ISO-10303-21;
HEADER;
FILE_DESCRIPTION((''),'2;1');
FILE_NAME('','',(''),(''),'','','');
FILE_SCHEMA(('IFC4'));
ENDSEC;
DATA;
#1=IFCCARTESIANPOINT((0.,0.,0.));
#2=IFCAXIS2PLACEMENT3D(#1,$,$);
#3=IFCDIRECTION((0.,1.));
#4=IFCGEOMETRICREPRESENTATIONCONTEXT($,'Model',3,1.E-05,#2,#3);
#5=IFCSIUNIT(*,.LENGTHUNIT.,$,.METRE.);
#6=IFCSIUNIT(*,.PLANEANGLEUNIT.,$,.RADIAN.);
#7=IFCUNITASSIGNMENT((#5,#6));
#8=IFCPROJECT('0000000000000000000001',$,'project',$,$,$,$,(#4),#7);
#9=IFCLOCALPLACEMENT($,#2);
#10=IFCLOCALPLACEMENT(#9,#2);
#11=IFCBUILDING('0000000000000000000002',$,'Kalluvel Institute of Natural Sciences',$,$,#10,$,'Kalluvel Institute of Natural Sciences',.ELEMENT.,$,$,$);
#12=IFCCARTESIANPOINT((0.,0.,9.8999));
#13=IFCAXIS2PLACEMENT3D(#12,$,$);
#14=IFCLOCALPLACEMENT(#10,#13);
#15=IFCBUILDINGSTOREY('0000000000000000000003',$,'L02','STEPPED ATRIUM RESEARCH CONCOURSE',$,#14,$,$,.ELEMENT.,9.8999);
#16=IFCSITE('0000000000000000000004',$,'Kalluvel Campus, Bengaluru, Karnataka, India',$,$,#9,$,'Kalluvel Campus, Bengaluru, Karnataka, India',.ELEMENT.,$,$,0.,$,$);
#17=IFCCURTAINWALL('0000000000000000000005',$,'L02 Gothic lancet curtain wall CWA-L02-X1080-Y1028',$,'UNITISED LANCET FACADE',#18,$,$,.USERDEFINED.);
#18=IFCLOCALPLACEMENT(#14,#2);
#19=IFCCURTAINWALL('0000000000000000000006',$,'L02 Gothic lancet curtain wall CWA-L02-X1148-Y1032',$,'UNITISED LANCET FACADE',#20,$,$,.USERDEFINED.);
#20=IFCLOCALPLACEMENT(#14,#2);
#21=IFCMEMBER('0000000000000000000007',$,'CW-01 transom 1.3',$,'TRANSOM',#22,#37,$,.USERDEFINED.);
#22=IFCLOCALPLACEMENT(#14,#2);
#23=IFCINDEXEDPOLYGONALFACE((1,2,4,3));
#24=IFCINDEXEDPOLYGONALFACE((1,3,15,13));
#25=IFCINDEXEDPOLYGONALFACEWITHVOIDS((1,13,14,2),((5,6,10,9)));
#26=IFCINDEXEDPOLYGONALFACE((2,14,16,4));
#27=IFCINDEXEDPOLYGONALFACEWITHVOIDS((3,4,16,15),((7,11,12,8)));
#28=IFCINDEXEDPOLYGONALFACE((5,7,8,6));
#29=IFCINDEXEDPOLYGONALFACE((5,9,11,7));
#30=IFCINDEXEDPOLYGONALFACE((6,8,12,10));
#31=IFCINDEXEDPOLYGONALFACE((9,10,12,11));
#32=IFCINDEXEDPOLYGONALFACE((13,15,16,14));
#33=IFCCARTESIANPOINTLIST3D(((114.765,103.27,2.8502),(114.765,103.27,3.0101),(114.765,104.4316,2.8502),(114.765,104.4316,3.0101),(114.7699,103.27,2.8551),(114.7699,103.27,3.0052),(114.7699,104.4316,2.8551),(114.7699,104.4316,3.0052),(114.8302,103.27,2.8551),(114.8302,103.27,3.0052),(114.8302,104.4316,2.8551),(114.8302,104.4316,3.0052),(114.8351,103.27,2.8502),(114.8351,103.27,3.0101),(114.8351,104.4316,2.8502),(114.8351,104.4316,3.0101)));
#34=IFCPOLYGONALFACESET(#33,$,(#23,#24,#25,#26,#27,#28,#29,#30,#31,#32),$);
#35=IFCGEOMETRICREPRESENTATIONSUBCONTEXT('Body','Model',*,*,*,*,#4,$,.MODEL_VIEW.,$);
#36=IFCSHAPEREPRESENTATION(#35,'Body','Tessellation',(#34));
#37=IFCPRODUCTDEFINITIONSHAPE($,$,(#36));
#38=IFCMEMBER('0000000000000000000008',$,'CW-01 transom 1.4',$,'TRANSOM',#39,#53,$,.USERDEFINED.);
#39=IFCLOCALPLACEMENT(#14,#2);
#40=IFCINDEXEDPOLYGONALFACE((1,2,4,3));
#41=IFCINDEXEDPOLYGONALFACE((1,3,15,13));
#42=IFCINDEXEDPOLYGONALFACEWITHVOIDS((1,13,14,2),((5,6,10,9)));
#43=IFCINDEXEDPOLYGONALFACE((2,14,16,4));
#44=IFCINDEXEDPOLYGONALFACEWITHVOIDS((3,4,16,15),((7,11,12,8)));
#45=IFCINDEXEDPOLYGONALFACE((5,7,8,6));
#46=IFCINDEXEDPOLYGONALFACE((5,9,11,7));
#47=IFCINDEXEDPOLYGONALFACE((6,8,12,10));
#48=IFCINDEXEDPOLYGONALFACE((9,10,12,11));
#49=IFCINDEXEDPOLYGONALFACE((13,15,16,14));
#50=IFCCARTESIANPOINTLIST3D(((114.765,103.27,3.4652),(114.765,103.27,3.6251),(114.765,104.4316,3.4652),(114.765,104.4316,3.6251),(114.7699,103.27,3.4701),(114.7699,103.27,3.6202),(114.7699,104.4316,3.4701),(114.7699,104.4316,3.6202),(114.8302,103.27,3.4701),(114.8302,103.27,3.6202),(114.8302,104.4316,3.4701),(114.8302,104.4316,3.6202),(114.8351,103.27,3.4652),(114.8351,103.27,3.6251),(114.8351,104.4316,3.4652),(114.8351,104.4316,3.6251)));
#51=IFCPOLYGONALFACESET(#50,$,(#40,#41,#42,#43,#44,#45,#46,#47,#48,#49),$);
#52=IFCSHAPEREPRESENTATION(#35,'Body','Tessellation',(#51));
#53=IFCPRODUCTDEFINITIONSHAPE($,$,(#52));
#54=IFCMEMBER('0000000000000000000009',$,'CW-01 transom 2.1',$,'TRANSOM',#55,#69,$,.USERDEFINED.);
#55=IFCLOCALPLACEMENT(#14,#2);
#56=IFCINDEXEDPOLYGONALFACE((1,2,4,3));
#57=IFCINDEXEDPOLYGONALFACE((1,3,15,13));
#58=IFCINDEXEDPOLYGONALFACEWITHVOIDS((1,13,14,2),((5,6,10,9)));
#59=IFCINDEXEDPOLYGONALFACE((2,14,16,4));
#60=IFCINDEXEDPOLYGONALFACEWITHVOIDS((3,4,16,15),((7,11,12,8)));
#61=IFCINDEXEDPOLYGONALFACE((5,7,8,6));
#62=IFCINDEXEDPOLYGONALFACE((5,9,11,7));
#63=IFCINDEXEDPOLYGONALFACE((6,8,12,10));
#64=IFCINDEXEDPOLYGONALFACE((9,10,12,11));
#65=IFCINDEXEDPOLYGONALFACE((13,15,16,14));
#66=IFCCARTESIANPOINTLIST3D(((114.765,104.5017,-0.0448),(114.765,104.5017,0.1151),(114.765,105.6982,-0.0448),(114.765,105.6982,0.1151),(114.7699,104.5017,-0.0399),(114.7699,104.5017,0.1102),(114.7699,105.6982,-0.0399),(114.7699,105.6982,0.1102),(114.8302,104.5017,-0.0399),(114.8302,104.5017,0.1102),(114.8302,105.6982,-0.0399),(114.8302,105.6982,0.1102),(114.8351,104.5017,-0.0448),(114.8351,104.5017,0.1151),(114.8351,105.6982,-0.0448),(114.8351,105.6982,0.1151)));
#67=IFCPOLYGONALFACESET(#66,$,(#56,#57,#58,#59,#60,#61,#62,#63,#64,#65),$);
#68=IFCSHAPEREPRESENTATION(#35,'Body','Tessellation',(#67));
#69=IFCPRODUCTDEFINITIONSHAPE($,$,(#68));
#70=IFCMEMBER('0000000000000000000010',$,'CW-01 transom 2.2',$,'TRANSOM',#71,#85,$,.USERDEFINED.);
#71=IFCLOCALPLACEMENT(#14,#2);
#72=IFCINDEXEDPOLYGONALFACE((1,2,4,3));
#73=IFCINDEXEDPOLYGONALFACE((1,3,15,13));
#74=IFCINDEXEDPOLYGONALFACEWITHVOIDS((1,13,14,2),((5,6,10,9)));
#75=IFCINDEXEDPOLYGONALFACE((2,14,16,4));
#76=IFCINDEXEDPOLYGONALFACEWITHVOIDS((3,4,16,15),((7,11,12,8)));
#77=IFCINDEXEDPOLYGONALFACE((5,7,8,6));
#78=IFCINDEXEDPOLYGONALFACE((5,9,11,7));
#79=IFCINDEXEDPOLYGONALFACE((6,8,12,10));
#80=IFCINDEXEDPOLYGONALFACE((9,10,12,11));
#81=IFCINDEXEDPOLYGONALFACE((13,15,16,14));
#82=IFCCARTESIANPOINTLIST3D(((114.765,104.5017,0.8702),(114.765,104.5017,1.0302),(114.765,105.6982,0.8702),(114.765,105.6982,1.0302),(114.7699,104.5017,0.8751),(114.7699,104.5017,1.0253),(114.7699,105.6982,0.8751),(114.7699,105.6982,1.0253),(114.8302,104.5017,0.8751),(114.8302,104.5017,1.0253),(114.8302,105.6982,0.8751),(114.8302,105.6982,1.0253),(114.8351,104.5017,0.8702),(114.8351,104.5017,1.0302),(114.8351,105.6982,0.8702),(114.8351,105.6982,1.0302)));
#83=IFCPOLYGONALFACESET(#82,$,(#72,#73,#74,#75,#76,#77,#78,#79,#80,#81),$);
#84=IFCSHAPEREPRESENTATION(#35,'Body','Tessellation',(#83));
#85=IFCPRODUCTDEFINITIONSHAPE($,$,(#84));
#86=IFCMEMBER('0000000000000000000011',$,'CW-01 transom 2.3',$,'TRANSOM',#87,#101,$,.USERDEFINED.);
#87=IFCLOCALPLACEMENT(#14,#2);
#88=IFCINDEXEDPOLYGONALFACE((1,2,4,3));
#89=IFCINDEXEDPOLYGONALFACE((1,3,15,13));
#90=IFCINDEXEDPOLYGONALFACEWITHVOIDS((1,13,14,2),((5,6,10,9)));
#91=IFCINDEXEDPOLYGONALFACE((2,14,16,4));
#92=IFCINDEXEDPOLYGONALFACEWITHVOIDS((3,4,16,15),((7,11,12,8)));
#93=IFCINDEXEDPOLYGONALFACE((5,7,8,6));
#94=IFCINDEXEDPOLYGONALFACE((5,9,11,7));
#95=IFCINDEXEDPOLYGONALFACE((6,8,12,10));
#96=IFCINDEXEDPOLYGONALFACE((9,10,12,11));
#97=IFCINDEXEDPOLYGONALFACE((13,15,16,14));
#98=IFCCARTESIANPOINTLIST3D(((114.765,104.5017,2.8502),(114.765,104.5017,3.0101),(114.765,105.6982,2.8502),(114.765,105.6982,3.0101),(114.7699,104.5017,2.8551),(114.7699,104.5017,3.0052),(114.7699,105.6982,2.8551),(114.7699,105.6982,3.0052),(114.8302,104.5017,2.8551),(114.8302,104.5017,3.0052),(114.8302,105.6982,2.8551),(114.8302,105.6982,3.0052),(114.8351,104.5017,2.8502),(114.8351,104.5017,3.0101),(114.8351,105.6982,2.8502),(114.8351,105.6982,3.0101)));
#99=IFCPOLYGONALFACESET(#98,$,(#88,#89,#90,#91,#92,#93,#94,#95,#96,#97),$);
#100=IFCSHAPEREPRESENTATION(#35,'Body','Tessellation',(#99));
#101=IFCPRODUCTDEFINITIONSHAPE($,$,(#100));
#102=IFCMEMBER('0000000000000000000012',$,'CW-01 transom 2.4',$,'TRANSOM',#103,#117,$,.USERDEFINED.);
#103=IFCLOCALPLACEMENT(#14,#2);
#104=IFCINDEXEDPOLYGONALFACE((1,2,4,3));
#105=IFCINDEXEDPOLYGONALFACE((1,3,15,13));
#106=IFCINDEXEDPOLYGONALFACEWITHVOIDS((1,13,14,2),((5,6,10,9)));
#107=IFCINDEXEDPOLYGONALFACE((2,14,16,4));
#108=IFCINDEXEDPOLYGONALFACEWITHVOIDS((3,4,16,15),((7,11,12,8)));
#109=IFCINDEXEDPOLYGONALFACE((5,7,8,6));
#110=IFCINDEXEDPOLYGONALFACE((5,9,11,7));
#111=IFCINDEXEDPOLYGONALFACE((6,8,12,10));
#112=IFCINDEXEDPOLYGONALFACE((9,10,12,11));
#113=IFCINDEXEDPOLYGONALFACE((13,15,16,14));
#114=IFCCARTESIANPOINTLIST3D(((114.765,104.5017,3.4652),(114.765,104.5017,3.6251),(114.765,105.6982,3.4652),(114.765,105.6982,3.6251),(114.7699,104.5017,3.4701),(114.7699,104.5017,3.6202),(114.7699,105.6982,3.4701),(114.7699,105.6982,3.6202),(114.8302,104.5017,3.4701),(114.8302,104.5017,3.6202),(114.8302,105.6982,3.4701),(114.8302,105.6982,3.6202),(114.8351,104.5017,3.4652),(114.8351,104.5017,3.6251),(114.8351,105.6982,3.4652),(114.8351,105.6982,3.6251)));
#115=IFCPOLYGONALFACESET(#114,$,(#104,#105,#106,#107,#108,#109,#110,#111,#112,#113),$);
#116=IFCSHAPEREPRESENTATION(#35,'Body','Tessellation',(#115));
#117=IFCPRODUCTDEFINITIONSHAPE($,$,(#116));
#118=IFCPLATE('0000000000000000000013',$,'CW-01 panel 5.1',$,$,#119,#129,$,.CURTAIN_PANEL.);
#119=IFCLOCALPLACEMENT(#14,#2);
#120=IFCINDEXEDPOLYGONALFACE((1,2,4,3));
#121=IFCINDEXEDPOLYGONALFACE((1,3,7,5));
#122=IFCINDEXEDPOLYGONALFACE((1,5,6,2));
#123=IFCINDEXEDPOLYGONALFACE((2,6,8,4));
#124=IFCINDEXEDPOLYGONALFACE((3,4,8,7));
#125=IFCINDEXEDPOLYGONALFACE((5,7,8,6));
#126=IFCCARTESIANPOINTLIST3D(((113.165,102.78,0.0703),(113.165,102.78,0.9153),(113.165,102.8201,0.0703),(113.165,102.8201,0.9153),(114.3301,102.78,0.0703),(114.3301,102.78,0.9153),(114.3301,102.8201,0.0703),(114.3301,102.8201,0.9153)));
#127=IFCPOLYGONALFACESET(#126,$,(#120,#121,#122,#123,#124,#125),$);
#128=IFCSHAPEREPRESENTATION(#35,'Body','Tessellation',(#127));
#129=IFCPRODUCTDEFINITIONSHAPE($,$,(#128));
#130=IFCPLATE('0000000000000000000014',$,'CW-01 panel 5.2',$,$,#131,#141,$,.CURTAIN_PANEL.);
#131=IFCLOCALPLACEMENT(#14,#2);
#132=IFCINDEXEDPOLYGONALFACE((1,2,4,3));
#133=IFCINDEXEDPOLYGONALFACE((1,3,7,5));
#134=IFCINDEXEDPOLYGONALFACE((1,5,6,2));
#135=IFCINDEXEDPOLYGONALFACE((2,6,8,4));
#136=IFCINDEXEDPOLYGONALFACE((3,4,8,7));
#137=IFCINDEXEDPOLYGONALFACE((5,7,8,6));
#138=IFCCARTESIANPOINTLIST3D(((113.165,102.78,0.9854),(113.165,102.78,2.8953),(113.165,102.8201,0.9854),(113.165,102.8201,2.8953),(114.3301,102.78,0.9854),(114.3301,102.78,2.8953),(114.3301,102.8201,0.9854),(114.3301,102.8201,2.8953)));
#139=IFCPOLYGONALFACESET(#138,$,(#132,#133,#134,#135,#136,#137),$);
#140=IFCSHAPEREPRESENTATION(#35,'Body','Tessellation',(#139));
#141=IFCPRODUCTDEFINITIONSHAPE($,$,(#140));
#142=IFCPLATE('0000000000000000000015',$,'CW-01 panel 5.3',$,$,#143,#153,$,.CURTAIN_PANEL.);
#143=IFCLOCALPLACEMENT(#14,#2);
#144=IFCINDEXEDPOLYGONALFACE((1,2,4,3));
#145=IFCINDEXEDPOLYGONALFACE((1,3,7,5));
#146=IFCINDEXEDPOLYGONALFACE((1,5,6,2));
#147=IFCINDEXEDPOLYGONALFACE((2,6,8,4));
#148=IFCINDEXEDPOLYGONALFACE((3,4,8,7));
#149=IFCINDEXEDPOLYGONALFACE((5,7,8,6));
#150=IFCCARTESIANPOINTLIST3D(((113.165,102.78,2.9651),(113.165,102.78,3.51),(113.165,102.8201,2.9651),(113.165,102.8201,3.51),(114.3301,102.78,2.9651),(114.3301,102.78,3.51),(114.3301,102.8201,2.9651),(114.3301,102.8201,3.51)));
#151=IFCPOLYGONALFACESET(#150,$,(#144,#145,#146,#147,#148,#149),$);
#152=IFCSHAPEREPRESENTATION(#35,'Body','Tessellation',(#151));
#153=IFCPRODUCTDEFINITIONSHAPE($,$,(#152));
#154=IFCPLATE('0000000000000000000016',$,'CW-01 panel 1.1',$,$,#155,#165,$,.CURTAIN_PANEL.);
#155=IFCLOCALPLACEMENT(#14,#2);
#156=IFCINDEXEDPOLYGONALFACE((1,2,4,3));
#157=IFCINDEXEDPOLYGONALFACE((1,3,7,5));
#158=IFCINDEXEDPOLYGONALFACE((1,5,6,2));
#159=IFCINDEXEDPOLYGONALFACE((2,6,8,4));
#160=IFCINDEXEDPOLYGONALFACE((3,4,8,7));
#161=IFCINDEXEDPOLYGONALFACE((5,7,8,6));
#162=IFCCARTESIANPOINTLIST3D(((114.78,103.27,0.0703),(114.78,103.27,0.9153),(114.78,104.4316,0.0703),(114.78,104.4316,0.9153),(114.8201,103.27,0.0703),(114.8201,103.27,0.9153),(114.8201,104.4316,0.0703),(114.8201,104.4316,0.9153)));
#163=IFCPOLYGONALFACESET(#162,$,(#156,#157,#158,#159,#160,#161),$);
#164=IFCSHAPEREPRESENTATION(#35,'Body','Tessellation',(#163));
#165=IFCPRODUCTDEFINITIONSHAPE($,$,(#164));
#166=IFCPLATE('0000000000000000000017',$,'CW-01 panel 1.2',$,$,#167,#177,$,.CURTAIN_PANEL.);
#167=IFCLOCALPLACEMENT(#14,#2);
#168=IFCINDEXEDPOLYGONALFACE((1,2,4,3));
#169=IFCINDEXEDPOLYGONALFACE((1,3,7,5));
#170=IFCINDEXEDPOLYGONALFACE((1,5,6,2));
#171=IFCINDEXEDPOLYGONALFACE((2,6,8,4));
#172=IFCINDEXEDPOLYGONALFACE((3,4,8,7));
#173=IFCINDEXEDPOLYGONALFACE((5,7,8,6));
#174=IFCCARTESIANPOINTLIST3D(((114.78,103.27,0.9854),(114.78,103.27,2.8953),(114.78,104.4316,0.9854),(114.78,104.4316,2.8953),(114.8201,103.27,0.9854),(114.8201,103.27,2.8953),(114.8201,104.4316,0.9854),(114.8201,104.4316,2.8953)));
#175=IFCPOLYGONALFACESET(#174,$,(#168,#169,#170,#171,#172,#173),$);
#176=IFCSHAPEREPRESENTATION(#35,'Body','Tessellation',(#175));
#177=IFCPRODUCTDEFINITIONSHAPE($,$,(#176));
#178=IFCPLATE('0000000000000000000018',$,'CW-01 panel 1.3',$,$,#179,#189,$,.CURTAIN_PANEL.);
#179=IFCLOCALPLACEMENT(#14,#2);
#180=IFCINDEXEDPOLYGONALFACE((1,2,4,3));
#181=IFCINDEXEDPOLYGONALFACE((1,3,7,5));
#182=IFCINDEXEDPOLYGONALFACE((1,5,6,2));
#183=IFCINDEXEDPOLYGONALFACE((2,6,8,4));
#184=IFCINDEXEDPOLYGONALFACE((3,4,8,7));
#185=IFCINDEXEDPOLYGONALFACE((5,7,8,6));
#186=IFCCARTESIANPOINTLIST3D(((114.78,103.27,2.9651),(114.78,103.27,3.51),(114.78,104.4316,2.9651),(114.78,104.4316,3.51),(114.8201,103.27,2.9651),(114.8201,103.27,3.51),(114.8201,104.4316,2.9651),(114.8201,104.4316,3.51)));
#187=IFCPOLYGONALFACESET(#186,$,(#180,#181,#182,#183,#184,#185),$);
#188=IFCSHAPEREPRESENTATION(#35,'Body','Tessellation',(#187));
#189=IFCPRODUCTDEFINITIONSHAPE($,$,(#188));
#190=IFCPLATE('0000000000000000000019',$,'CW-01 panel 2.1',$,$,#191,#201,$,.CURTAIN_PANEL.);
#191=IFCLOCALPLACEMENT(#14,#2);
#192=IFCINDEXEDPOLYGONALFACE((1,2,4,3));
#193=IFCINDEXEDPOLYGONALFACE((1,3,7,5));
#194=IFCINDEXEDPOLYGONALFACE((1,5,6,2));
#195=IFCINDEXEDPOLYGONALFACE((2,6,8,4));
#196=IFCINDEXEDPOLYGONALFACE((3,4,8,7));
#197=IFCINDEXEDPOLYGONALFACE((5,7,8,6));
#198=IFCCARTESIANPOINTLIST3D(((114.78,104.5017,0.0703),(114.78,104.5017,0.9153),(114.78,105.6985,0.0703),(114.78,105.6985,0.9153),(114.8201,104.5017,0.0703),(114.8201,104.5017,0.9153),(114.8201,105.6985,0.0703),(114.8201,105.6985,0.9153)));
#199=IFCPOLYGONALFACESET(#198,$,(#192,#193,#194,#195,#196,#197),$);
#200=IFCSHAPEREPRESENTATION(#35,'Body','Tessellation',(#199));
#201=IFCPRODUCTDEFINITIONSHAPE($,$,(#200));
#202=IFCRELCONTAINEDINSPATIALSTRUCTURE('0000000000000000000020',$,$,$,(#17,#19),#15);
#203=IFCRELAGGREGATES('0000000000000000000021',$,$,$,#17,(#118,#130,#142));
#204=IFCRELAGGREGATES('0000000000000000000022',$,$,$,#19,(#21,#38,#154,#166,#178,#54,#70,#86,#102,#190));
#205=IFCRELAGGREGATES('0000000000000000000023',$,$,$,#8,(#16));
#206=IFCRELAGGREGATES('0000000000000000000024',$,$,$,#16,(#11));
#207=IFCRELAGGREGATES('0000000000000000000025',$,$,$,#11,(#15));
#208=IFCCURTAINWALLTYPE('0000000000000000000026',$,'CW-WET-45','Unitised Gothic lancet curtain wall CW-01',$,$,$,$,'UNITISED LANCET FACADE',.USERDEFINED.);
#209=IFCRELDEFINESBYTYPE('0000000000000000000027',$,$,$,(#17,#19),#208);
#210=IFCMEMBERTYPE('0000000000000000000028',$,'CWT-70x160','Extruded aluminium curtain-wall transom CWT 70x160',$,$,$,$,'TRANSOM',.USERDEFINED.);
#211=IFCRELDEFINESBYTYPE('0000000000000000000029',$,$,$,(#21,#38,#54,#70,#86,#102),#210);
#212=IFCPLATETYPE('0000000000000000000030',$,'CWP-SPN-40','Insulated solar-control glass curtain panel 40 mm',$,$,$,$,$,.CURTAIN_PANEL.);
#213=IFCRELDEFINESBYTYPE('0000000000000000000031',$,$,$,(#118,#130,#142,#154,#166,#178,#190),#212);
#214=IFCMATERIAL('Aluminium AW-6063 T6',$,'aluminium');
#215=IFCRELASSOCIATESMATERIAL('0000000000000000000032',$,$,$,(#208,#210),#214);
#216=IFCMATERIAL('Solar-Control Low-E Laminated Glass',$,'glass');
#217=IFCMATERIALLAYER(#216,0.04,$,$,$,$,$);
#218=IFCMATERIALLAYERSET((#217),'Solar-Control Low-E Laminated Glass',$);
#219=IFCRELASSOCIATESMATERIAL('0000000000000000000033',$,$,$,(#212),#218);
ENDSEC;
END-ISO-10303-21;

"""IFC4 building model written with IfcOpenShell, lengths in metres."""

from ifc_helpers import new_model, si_unit, direction, frame, origin, origin_2d, place, context, subcontext, project, spatial, rectangle, hollow_rectangle, extrude, material, layer, layer_set, material_profile, profile_set, type_object, element, aggregate, save


model = new_model("IFC4")

# Units and contexts
model_context = context("Model", 3, precision=1e-05, world=origin(), true_north=direction((0.0, 1.0)))
body_context = subcontext(model_context, "Body", "Model", "MODEL_VIEW")
ifc_project = project(units=[si_unit("LENGTHUNIT", "METRE"), si_unit("PLANEANGLEUNIT", "RADIAN")], contexts=[model_context])

# Site, building, storey
site_placement = place(None, origin())
site = spatial("IfcSite", under=ifc_project, at=site_placement, Name="Kalluvel Campus, Bengaluru, Karnataka, India", LongName="Kalluvel Campus, Bengaluru, Karnataka, India", CompositionType="ELEMENT", RefElevation=0.0)
building_placement = place(site_placement, origin())
building = spatial("IfcBuilding", under=site, at=building_placement, Name="Kalluvel Institute of Natural Sciences", LongName="Kalluvel Institute of Natural Sciences", CompositionType="ELEMENT")
storey_placement = place(building_placement, frame((0.0, 0.0, 9.8999)))
storey = spatial("IfcBuildingStorey", under=building, at=storey_placement, Name="L02", Description="STEPPED ATRIUM RESEARCH CONCOURSE", CompositionType="ELEMENT", Elevation=9.8999)

# Curtain wall
ifc_material_1 = material(Name="Aluminium AW-6063 T6", Category="aluminium")
curtain_wall_type = type_object("IfcCurtainWallType", Name="CW-WET-45", Description="Unitised Gothic lancet curtain wall CW-01", ElementType="UNITISED LANCET FACADE", PredefinedType="USERDEFINED", material=ifc_material_1)
curtain_wall_1_placement = place(storey_placement, origin())
curtain_wall_1 = element("IfcCurtainWall", 1, at=curtain_wall_1_placement, inside=storey, type_object=curtain_wall_type, Name="L02 Gothic lancet curtain wall CWA-L02-X1080-Y1028", ObjectType="UNITISED LANCET FACADE", PredefinedType="USERDEFINED")

# Curtain wall
curtain_wall_2_placement = place(storey_placement, origin())
curtain_wall_2 = element("IfcCurtainWall", 2, at=curtain_wall_2_placement, inside=storey, type_object=curtain_wall_type, Name="L02 Gothic lancet curtain wall CWA-L02-X1148-Y1032", ObjectType="UNITISED LANCET FACADE", PredefinedType="USERDEFINED")

# Members
ifc_material_profile_1 = material_profile(ifc_material_1, hollow_rectangle(XDim=0.0701, YDim=0.1599, WallThickness=0.0049, at=origin_2d()), Name="CWT 70x160")
ifc_profile_set_1 = profile_set([ifc_material_profile_1], Name="Aluminium AW-6063 T6")
member_type_1 = type_object("IfcMemberType", Name="CWT-70x160", Description="Extruded aluminium curtain-wall transom CWT 70x160", ElementType="TRANSOM", PredefinedType="USERDEFINED", material=ifc_profile_set_1)
member_1_placement = place(storey_placement, frame((114.8, 103.27, 2.9302), z_axis=(0.0, 1.0, 0.0), x_axis=(-1.0, 0.0, 0.0)))
member_1 = element("IfcMember", 3, at=member_1_placement, type_object=member_type_1, Name="CW-01 transom 1.3", ObjectType="TRANSOM", PredefinedType="USERDEFINED", context=body_context, shape_type="SweptSolid", body=[
    extrude(hollow_rectangle(XDim=0.0701, YDim=0.1599, WallThickness=0.0049, at=origin_2d()), origin(), (0.0, 0.0, 1.0), 1.1616),
])
member_2_placement = place(storey_placement, frame((114.8, 103.27, 3.5452), z_axis=(0.0, 1.0, 0.0), x_axis=(-1.0, 0.0, 0.0)))
member_2 = element("IfcMember", 4, at=member_2_placement, type_object=member_type_1, Name="CW-01 transom 1.4", ObjectType="TRANSOM", PredefinedType="USERDEFINED", context=body_context, shape_type="SweptSolid", body=[
    extrude(hollow_rectangle(XDim=0.0701, YDim=0.1599, WallThickness=0.0049, at=origin_2d()), origin(), (0.0, 0.0, 1.0), 1.1616),
])
member_3_placement = place(storey_placement, frame((114.8, 104.5017, 0.0352), z_axis=(0.0, 1.0, 0.0), x_axis=(-1.0, 0.0, 0.0)))
member_3 = element("IfcMember", 5, at=member_3_placement, type_object=member_type_1, Name="CW-01 transom 2.1", ObjectType="TRANSOM", PredefinedType="USERDEFINED", context=body_context, shape_type="SweptSolid", body=[
    extrude(hollow_rectangle(XDim=0.0701, YDim=0.1599, WallThickness=0.0049, at=origin_2d()), origin(), (0.0, 0.0, 1.0), 1.1965),
])
member_4_placement = place(storey_placement, frame((114.8, 104.5017, 0.9502), z_axis=(0.0, 1.0, 0.0), x_axis=(-1.0, 0.0, 0.0)))
member_4 = element("IfcMember", 6, at=member_4_placement, type_object=member_type_1, Name="CW-01 transom 2.2", ObjectType="TRANSOM", PredefinedType="USERDEFINED", context=body_context, shape_type="SweptSolid", body=[
    extrude(hollow_rectangle(XDim=0.0701, YDim=0.1599, WallThickness=0.0049, at=origin_2d()), origin(), (0.0, 0.0, 1.0), 1.1965),
])
member_5_placement = place(storey_placement, frame((114.8, 104.5017, 2.9302), z_axis=(0.0, 1.0, 0.0), x_axis=(-1.0, 0.0, 0.0)))
member_5 = element("IfcMember", 7, at=member_5_placement, type_object=member_type_1, Name="CW-01 transom 2.3", ObjectType="TRANSOM", PredefinedType="USERDEFINED", context=body_context, shape_type="SweptSolid", body=[
    extrude(hollow_rectangle(XDim=0.0701, YDim=0.1599, WallThickness=0.0049, at=origin_2d()), origin(), (0.0, 0.0, 1.0), 1.1965),
])
member_6_placement = place(storey_placement, frame((114.8, 104.5017, 3.5452), z_axis=(0.0, 1.0, 0.0), x_axis=(-1.0, 0.0, 0.0)))
member_6 = element("IfcMember", 8, at=member_6_placement, type_object=member_type_1, Name="CW-01 transom 2.4", ObjectType="TRANSOM", PredefinedType="USERDEFINED", context=body_context, shape_type="SweptSolid", body=[
    extrude(hollow_rectangle(XDim=0.0701, YDim=0.1599, WallThickness=0.0049, at=origin_2d()), origin(), (0.0, 0.0, 1.0), 1.1965),
])

# Plates
ifc_material_2 = material(Name="Solar-Control Low-E Laminated Glass", Category="glass")
ifc_layer_1 = layer(ifc_material_2, 0.04)
ifc_layer_set_1 = layer_set([ifc_layer_1], Name="Solar-Control Low-E Laminated Glass")
plate_type = type_object("IfcPlateType", Name="CWP-SPN-40", Description="Insulated solar-control glass curtain panel 40 mm", PredefinedType="CURTAIN_PANEL", material=ifc_layer_set_1)
plate_1_placement = place(storey_placement, frame((113.7476, 102.8, 0.0703), z_axis=(0.0, 0.0, 1.0), x_axis=(1.0, 0.0, 0.0)))
plate_1 = element("IfcPlate", 9, at=plate_1_placement, type_object=plate_type, Name="CW-01 panel 5.1", PredefinedType="CURTAIN_PANEL", context=body_context, shape_type="SweptSolid", body=[
    extrude(rectangle(XDim=1.165, YDim=0.04, at=origin_2d()), origin(), (0.0, 0.0, 1.0), 0.845),
])
plate_2_placement = place(storey_placement, frame((113.7476, 102.8, 0.9854), z_axis=(0.0, 0.0, 1.0), x_axis=(1.0, 0.0, 0.0)))
plate_2 = element("IfcPlate", 10, at=plate_2_placement, type_object=plate_type, Name="CW-01 panel 5.2", PredefinedType="CURTAIN_PANEL", context=body_context, shape_type="SweptSolid", body=[
    extrude(rectangle(XDim=1.165, YDim=0.04, at=origin_2d()), origin(), (0.0, 0.0, 1.0), 1.9099),
])
plate_3_placement = place(storey_placement, frame((113.7476, 102.8, 2.9651), z_axis=(0.0, 0.0, 1.0), x_axis=(1.0, 0.0, 0.0)))
plate_3 = element("IfcPlate", 11, at=plate_3_placement, type_object=plate_type, Name="CW-01 panel 5.3", PredefinedType="CURTAIN_PANEL", context=body_context, shape_type="SweptSolid", body=[
    extrude(rectangle(XDim=1.165, YDim=0.04, at=origin_2d()), origin(), (0.0, 0.0, 1.0), 0.5449),
])
aggregate(curtain_wall_1, [plate_1, plate_2, plate_3])
plate_4_placement = place(storey_placement, frame((114.8, 103.8508, 0.0703), z_axis=(0.0, 0.0, 1.0), x_axis=(0.0, 1.0, 0.0)))
plate_4 = element("IfcPlate", 12, at=plate_4_placement, type_object=plate_type, Name="CW-01 panel 1.1", PredefinedType="CURTAIN_PANEL", context=body_context, shape_type="SweptSolid", body=[
    extrude(rectangle(XDim=1.1616, YDim=0.04, at=origin_2d()), origin(), (0.0, 0.0, 1.0), 0.845),
])
plate_5_placement = place(storey_placement, frame((114.8, 103.8508, 0.9854), z_axis=(0.0, 0.0, 1.0), x_axis=(0.0, 1.0, 0.0)))
plate_5 = element("IfcPlate", 13, at=plate_5_placement, type_object=plate_type, Name="CW-01 panel 1.2", PredefinedType="CURTAIN_PANEL", context=body_context, shape_type="SweptSolid", body=[
    extrude(rectangle(XDim=1.1616, YDim=0.04, at=origin_2d()), origin(), (0.0, 0.0, 1.0), 1.9099),
])
plate_6_placement = place(storey_placement, frame((114.8, 103.8508, 2.9651), z_axis=(0.0, 0.0, 1.0), x_axis=(0.0, 1.0, 0.0)))
plate_6 = element("IfcPlate", 14, at=plate_6_placement, type_object=plate_type, Name="CW-01 panel 1.3", PredefinedType="CURTAIN_PANEL", context=body_context, shape_type="SweptSolid", body=[
    extrude(rectangle(XDim=1.1616, YDim=0.04, at=origin_2d()), origin(), (0.0, 0.0, 1.0), 0.5449),
])
plate_7_placement = place(storey_placement, frame((114.8, 105.1001, 0.0703), z_axis=(0.0, 0.0, 1.0), x_axis=(0.0, 1.0, 0.0)))
plate_7 = element("IfcPlate", 15, at=plate_7_placement, type_object=plate_type, Name="CW-01 panel 2.1", PredefinedType="CURTAIN_PANEL", context=body_context, shape_type="SweptSolid", body=[
    extrude(rectangle(XDim=1.1968, YDim=0.04, at=origin_2d()), origin(), (0.0, 0.0, 1.0), 0.845),
])
aggregate(curtain_wall_2, [member_1, member_2, plate_4, plate_5, plate_6, member_3, member_4, member_5, member_6, plate_7])

save(model, "model.ifc")
